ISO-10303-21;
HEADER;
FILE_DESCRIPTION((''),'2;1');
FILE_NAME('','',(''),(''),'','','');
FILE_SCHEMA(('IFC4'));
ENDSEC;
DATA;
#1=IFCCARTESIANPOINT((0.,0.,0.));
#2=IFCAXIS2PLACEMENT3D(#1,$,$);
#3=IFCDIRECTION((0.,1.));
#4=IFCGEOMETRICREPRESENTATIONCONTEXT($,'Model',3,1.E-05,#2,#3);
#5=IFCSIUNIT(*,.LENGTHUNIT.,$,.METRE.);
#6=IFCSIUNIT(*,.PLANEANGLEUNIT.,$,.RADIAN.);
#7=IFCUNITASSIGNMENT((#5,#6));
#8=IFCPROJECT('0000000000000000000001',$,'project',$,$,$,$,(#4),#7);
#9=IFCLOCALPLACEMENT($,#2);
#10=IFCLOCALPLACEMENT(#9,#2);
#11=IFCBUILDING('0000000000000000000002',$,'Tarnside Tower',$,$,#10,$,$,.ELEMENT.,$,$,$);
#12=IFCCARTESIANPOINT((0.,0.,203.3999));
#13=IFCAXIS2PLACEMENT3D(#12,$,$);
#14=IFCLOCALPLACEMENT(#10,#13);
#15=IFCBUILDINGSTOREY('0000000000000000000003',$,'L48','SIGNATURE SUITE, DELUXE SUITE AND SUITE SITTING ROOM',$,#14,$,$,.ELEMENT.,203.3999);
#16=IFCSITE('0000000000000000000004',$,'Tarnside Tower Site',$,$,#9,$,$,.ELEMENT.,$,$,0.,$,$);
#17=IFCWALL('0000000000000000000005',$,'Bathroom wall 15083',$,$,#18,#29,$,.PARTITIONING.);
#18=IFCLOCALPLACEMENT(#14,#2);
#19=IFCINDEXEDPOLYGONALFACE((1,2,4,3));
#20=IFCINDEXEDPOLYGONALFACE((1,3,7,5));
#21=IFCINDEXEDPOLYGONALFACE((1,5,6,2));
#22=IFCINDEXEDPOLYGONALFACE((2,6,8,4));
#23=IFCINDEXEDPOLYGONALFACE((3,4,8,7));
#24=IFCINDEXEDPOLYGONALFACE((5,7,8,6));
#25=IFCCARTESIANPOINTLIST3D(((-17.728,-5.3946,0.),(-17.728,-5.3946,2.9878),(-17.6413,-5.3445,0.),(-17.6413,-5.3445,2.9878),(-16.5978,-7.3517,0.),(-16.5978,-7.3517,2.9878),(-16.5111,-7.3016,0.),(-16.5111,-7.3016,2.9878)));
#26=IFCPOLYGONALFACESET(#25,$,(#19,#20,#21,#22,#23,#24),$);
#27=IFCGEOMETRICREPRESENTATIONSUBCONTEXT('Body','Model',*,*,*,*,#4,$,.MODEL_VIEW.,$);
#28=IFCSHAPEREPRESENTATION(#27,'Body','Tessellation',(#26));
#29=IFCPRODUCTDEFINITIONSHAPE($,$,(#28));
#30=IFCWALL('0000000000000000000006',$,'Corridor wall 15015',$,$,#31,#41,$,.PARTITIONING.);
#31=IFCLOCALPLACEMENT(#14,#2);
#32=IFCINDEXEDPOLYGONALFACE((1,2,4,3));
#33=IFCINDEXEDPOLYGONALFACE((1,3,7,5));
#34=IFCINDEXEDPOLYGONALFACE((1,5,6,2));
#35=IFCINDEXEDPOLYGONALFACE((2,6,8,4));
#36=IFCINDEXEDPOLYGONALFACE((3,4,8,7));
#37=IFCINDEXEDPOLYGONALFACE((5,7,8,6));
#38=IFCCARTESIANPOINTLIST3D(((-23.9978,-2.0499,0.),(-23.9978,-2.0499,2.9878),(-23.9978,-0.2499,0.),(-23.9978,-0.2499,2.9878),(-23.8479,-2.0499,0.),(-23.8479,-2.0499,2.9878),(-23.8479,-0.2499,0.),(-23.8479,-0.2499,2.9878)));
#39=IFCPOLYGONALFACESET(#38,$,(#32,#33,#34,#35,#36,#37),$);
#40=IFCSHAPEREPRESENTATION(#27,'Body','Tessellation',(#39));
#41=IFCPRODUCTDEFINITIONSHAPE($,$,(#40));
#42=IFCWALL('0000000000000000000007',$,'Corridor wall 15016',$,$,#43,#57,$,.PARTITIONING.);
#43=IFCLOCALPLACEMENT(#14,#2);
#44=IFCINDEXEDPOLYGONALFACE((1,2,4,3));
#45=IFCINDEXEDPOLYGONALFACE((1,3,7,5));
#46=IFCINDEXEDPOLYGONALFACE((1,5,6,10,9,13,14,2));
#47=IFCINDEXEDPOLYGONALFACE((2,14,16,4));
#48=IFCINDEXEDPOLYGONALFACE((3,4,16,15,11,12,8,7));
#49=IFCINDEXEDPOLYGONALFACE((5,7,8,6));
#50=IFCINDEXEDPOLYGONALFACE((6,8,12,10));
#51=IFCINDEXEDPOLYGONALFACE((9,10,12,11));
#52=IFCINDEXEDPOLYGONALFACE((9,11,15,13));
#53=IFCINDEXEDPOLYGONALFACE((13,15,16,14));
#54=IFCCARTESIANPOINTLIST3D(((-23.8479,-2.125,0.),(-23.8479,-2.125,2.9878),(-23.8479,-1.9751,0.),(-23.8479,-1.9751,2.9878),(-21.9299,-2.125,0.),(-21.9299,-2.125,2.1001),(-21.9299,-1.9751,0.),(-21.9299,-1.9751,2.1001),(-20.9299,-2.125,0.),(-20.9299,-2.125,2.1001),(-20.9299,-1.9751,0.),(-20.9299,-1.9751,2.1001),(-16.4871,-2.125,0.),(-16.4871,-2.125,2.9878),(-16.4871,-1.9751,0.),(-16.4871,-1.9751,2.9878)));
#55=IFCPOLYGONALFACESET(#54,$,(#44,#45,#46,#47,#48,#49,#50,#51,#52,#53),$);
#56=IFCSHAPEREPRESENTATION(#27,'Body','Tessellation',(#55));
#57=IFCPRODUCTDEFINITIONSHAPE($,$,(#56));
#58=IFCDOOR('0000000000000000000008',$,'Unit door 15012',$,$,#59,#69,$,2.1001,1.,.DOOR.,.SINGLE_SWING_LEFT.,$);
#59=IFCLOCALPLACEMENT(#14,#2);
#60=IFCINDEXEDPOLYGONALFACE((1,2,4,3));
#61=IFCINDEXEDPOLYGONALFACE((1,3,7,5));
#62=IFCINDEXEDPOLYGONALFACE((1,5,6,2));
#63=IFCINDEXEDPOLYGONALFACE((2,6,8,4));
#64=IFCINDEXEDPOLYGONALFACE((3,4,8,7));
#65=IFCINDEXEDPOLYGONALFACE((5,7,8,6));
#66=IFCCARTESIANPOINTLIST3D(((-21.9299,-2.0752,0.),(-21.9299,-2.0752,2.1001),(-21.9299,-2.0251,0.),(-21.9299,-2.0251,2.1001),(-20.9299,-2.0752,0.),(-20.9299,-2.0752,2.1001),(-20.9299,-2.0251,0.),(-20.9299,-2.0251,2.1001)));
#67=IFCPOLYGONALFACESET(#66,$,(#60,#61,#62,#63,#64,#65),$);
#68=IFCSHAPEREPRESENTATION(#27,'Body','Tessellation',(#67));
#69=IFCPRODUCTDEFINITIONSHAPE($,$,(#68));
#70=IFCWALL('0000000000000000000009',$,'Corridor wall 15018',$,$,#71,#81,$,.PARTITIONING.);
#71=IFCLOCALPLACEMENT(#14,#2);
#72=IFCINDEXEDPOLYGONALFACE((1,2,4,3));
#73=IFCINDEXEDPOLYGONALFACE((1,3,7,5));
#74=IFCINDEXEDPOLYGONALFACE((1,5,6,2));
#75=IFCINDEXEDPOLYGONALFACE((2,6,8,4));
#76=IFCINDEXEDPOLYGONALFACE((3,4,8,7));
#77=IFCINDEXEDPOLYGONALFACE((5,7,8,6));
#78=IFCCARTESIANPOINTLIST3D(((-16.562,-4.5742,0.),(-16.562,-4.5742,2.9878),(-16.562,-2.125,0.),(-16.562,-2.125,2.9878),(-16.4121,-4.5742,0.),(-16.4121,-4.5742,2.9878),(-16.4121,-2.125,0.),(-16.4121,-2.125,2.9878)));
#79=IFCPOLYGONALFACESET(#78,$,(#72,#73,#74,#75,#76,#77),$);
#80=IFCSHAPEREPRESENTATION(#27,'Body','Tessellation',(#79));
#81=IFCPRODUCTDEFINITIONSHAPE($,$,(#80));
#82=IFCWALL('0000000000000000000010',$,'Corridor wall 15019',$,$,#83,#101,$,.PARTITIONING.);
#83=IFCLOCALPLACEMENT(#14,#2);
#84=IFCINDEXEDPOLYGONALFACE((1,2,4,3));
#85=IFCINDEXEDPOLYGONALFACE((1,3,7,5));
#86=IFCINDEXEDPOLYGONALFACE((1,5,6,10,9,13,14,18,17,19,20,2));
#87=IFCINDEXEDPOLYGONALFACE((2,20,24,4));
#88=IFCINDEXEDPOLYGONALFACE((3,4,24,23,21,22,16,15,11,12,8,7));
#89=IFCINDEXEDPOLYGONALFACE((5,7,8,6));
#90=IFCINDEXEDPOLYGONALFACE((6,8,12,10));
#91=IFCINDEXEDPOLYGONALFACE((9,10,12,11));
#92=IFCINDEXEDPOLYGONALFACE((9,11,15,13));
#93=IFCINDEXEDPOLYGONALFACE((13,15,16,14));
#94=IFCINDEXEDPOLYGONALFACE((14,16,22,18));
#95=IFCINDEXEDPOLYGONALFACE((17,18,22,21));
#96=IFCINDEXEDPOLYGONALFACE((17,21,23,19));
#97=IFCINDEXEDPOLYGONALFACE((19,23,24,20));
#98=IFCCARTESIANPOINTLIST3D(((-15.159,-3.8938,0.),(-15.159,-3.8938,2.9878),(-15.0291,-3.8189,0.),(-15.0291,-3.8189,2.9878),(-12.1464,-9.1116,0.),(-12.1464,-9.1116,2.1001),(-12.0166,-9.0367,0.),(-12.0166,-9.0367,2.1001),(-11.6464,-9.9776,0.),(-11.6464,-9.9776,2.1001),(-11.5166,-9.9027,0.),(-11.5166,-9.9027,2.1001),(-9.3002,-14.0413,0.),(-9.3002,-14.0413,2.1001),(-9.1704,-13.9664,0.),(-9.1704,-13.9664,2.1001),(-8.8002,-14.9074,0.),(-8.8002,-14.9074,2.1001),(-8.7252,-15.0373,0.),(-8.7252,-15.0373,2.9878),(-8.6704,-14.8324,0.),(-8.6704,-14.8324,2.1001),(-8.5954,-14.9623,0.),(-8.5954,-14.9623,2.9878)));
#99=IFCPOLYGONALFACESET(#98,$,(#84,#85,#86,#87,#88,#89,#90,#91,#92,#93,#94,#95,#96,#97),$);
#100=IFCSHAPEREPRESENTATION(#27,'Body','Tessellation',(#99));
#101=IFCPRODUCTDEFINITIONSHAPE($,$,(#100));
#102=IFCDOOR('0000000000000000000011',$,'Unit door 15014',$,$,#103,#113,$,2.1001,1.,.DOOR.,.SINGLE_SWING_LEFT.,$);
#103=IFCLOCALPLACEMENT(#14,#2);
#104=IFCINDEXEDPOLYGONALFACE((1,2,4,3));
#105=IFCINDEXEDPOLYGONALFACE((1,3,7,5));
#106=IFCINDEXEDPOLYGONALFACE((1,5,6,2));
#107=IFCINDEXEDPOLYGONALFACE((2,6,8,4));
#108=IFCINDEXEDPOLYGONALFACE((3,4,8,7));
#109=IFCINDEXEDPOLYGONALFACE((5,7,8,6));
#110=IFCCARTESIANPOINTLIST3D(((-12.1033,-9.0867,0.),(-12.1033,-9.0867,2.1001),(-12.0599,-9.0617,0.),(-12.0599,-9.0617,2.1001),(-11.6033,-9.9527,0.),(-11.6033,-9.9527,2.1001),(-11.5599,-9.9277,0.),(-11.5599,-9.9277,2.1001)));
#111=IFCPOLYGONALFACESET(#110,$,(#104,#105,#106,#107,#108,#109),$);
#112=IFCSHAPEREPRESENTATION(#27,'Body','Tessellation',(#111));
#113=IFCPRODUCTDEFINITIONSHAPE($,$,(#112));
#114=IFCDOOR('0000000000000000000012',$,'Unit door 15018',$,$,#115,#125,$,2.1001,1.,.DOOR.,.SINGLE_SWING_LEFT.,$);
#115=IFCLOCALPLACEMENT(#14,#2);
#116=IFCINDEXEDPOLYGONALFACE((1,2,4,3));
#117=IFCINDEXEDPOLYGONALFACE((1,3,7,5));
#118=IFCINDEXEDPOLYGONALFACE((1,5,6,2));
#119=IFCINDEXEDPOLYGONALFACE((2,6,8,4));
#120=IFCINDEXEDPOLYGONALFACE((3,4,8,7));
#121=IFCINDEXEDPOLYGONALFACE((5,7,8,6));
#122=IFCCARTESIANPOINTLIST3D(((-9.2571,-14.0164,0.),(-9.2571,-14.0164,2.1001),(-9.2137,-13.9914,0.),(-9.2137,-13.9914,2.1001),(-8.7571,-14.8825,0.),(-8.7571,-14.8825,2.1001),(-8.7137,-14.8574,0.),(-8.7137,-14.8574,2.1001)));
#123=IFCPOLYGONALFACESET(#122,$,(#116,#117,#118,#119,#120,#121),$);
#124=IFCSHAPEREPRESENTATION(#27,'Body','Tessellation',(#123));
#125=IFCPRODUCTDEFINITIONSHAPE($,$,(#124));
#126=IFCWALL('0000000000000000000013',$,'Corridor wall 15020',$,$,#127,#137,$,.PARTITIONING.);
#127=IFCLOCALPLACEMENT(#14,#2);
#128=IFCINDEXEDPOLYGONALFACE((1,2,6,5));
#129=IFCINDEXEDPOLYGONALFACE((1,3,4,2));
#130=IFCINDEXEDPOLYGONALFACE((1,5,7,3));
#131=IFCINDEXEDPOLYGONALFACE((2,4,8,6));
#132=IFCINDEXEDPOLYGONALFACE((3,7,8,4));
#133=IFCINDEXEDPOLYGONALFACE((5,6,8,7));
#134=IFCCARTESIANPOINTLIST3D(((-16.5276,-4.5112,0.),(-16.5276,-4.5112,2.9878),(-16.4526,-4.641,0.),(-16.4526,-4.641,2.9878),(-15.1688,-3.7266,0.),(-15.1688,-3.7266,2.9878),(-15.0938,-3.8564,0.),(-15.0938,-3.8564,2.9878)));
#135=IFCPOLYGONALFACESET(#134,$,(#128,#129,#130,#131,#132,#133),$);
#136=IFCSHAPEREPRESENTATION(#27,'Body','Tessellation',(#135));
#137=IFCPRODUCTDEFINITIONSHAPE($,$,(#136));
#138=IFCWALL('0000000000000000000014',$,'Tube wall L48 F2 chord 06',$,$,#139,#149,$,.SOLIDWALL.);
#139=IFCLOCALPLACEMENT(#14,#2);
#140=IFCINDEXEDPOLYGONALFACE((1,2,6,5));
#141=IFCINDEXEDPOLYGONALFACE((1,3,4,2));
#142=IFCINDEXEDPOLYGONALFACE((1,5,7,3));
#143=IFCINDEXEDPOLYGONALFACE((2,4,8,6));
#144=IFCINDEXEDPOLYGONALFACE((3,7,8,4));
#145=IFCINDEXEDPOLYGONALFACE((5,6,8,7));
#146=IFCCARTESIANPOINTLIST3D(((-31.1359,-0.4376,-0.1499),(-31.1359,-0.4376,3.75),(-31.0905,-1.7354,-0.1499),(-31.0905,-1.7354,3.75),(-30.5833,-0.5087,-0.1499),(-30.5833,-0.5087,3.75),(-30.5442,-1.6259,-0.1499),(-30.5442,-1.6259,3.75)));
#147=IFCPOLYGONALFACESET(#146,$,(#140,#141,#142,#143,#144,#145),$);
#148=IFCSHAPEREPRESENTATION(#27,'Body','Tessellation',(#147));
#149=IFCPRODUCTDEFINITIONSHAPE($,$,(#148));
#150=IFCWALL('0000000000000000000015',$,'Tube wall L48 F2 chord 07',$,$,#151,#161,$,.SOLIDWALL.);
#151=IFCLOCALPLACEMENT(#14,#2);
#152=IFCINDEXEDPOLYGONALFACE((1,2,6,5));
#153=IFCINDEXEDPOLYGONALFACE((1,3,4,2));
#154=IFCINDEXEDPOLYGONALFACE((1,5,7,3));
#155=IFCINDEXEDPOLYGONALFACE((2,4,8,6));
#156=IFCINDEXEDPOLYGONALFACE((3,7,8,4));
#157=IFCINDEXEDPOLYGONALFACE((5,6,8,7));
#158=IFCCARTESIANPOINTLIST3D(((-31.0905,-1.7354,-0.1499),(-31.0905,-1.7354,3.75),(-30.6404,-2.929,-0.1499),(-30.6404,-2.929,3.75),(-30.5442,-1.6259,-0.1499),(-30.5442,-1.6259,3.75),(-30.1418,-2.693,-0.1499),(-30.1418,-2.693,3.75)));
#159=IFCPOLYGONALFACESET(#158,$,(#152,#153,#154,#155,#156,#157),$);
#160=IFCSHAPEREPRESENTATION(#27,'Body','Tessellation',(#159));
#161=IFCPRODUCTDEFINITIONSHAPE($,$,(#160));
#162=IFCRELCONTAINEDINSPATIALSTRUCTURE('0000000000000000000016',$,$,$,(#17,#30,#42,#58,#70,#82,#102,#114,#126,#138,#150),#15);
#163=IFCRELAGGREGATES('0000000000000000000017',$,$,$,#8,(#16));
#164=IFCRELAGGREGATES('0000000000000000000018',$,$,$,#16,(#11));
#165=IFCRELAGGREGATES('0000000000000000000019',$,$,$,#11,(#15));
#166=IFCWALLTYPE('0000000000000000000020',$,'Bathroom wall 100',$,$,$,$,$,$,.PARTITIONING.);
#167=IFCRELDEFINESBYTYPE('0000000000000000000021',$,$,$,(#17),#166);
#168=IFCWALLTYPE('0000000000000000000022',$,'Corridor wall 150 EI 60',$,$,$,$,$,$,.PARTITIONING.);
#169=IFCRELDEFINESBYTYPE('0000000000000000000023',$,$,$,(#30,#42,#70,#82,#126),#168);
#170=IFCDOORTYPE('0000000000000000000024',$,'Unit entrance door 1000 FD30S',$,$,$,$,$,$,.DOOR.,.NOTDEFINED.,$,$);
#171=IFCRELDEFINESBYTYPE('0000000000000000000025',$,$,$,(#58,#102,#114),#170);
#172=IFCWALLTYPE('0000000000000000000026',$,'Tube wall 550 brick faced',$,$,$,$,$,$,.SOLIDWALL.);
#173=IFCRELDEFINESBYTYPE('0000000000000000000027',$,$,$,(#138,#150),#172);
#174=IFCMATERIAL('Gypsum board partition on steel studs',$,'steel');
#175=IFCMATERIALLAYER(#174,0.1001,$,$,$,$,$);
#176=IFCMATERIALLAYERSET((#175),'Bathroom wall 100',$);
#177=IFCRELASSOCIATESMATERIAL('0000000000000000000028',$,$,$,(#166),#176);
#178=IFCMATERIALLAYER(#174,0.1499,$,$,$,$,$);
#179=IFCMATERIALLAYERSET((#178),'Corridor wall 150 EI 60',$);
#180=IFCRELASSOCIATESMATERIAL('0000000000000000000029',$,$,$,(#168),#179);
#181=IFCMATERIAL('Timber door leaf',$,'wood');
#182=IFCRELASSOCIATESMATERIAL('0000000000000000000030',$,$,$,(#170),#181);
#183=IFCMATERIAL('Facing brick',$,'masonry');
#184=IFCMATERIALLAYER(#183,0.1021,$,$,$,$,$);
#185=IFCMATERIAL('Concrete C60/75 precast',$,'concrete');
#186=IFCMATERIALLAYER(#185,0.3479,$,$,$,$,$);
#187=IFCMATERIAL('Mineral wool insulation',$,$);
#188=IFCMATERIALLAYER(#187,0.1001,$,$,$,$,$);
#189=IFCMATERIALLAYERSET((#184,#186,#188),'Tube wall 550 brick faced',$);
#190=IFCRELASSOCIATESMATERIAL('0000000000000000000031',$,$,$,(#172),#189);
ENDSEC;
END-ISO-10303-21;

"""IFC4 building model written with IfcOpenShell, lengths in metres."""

from ifc_helpers import new_model, si_unit, direction, frame, frame_2d, origin, place, context, subcontext, project, spatial, polyline, rectangle, outline, extrude, material, layer, layer_set, type_object, element, fill, save


model = new_model("IFC4")

# Units and contexts
model_context = context("Model", 3, precision=1e-05, world=origin(), true_north=direction((0.0, 1.0)))
body_context = subcontext(model_context, "Body", "Model", "MODEL_VIEW")
ifc_project = project(units=[si_unit("LENGTHUNIT", "METRE"), si_unit("PLANEANGLEUNIT", "RADIAN")], contexts=[model_context])

# Site, building, storey
site_placement = place(None, origin())
site = spatial("IfcSite", under=ifc_project, at=site_placement, Name="Tarnside Tower Site", CompositionType="ELEMENT", RefElevation=0.0)
building_placement = place(site_placement, origin())
building = spatial("IfcBuilding", under=site, at=building_placement, Name="Tarnside Tower", CompositionType="ELEMENT")
storey_placement = place(building_placement, frame((0.0, 0.0, 203.3999)))
storey = spatial("IfcBuildingStorey", under=building, at=storey_placement, Name="L48", Description="SIGNATURE SUITE, DELUXE SUITE AND SUITE SITTING ROOM", CompositionType="ELEMENT", Elevation=203.3999)

# Shared definitions
ifc_material_1 = material(Name="Gypsum board partition on steel studs", Category="steel")
ifc_layer_1 = layer(ifc_material_1, 0.1001)
ifc_layer_set_1 = layer_set([ifc_layer_1], Name="Bathroom wall 100")
wall_type_1 = type_object("IfcWallType", Name="Bathroom wall 100", PredefinedType="PARTITIONING", material=ifc_layer_set_1)

# Shared definitions
ifc_material_2 = material(Name="Timber door leaf", Category="wood")

# Walls
wall_1_placement = place(storey_placement, frame((-17.6846, -5.3696, 0.0), z_axis=(0.0, 0.0, 1.0), x_axis=(0.500078, -0.86598, 0.0)))
element("IfcWall", 1, at=wall_1_placement, inside=storey, type_object=wall_type_1, Name="Bathroom wall 15083", PredefinedType="PARTITIONING", context=body_context, shape_type="SweptSolid", body=[
    extrude(rectangle(XDim=2.26, YDim=0.1001, at=frame_2d((1.1299, 0.0))), origin(), (0.0, 0.0, 1.0), 2.9878),
])
ifc_layer_2 = layer(ifc_material_1, 0.1499)
ifc_layer_set_2 = layer_set([ifc_layer_2], Name="Corridor wall 150 EI 60")
wall_type_2 = type_object("IfcWallType", Name="Corridor wall 150 EI 60", PredefinedType="PARTITIONING", material=ifc_layer_set_2)
wall_2_placement = place(storey_placement, frame((-23.9229, -0.25, 0.0), z_axis=(0.0, 0.0, 1.0), x_axis=(0.0, -1.0, 0.0)))
element("IfcWall", 2, at=wall_2_placement, inside=storey, type_object=wall_type_2, Name="Corridor wall 15015", PredefinedType="PARTITIONING", context=body_context, shape_type="SweptSolid", body=[
    extrude(rectangle(XDim=1.8, YDim=0.1499, at=frame_2d((0.8999, 0.0))), origin(), (0.0, 0.0, 1.0), 2.9878),
])

# Wall, opening, door
wall_3_placement = place(storey_placement, frame((-23.8479, -2.05, 0.0), z_axis=(0.0, 0.0, 1.0), x_axis=(1.0, 0.0, 0.0)))
wall_3 = element("IfcWall", 3, at=wall_3_placement, inside=storey, type_object=wall_type_2, Name="Corridor wall 15016", PredefinedType="PARTITIONING", context=body_context, shape_type="SweptSolid", body=[
    extrude(rectangle(XDim=7.3608, YDim=0.1499, at=frame_2d((3.6804, 0.0))), origin(), (0.0, 0.0, 1.0), 2.9878),
])
opening_1_placement = place(wall_3_placement, frame((1.918, 0.0, 0.0)))
opening_1 = element("IfcOpeningElement", 4, at=opening_1_placement, cuts=wall_3, PredefinedType="OPENING", context=body_context, shape_type="SweptSolid", body=[
    extrude(rectangle(XDim=1.0, YDim=2.1001, at=frame_2d((0.5, 1.05))), frame((0.0, 0.085, 0.0), z_axis=(0.0, -1.0, 0.0), x_axis=(1.0, 0.0, 0.0)), (0.0, 0.0, 1.0), 0.1699),
])
door_type_1 = type_object("IfcDoorType", Name="Unit entrance door 1000 FD30S", OperationType="NOTDEFINED", PredefinedType="DOOR", material=ifc_material_2)
door_1_placement = place(opening_1_placement, origin())
door_1 = element("IfcDoor", 5, at=door_1_placement, inside=storey, type_object=door_type_1, Name="Unit door 15012", OperationType="SINGLE_SWING_LEFT", OverallHeight=2.1001, OverallWidth=1.0, PredefinedType="DOOR", context=body_context, shape_type="SweptSolid", body=[
    extrude(rectangle(XDim=1.0, YDim=2.1001, at=frame_2d((0.5, 1.05))), frame((0.0, 0.0249, 0.0), z_axis=(0.0, -1.0, 0.0), x_axis=(1.0, 0.0, 0.0)), (0.0, 0.0, 1.0), 0.05),
])
fill(opening_1, door_1)

# Wall
wall_4_placement = place(storey_placement, frame((-16.4871, -2.125, 0.0), z_axis=(0.0, 0.0, 1.0), x_axis=(0.0, -1.0, 0.0)))
element("IfcWall", 6, at=wall_4_placement, inside=storey, type_object=wall_type_2, Name="Corridor wall 15018", PredefinedType="PARTITIONING", context=body_context, shape_type="SweptSolid", body=[
    extrude(rectangle(XDim=2.4492, YDim=0.1499, at=frame_2d((1.2246, 0.0))), origin(), (0.0, 0.0, 1.0), 2.9878),
])

# Wall, openings, doors
wall_5_placement = place(storey_placement, frame((-15.094, -3.8564, 0.0), z_axis=(0.0, 0.0, 1.0), x_axis=(0.500006, -0.866022, 0.0)))
wall_5 = element("IfcWall", 7, at=wall_5_placement, inside=storey, type_object=wall_type_2, Name="Corridor wall 15019", PredefinedType="PARTITIONING", context=body_context, shape_type="SweptSolid", body=[
    extrude(rectangle(XDim=12.8674, YDim=0.1499, at=frame_2d((6.4336, 0.0))), origin(), (0.0, 0.0, 1.0), 2.9878),
])
opening_2_placement = place(wall_5_placement, frame((6.0249, 0.0, 0.0)))
opening_2 = element("IfcOpeningElement", 8, at=opening_2_placement, cuts=wall_5, PredefinedType="OPENING", context=body_context, shape_type="SweptSolid", body=[
    extrude(rectangle(XDim=1.0, YDim=2.1001, at=frame_2d((0.5, 1.05))), frame((0.0, 0.085, 0.0), z_axis=(0.0, -1.0, 0.0), x_axis=(1.0, 0.0, 0.0)), (0.0, 0.0, 1.0), 0.1699),
])
opening_3_placement = place(wall_5_placement, frame((11.7173, 0.0, 0.0)))
opening_3 = element("IfcOpeningElement", 9, at=opening_3_placement, cuts=wall_5, PredefinedType="OPENING", context=body_context, shape_type="SweptSolid", body=[
    extrude(rectangle(XDim=1.0, YDim=2.1001, at=frame_2d((0.5, 1.05))), frame((0.0, 0.085, 0.0), z_axis=(0.0, -1.0, 0.0), x_axis=(1.0, 0.0, 0.0)), (0.0, 0.0, 1.0), 0.1699),
])
door_2_placement = place(opening_2_placement, origin())
door_2 = element("IfcDoor", 10, at=door_2_placement, inside=storey, type_object=door_type_1, Name="Unit door 15014", OperationType="SINGLE_SWING_LEFT", OverallHeight=2.1001, OverallWidth=1.0, PredefinedType="DOOR", context=body_context, shape_type="SweptSolid", body=[
    extrude(rectangle(XDim=1.0, YDim=2.1001, at=frame_2d((0.5, 1.05))), frame((0.0, 0.0249, 0.0), z_axis=(0.0, -1.0, 0.0), x_axis=(1.0, 0.0, 0.0)), (0.0, 0.0, 1.0), 0.05),
])
fill(opening_2, door_2)
door_3_placement = place(opening_3_placement, origin())
door_3 = element("IfcDoor", 11, at=door_3_placement, inside=storey, type_object=door_type_1, Name="Unit door 15018", OperationType="SINGLE_SWING_LEFT", OverallHeight=2.1001, OverallWidth=1.0, PredefinedType="DOOR", context=body_context, shape_type="SweptSolid", body=[
    extrude(rectangle(XDim=1.0, YDim=2.1001, at=frame_2d((0.5, 1.05))), frame((0.0, 0.0249, 0.0), z_axis=(0.0, -1.0, 0.0), x_axis=(1.0, 0.0, 0.0)), (0.0, 0.0, 1.0), 0.05),
])
fill(opening_3, door_3)

# Walls
wall_6_placement = place(storey_placement, frame((-16.4902, -4.5762, 0.0), z_axis=(0.0, 0.0, 1.0), x_axis=(0.865994, 0.500055, 0.0)))
element("IfcWall", 12, at=wall_6_placement, inside=storey, type_object=wall_type_2, Name="Corridor wall 15020", PredefinedType="PARTITIONING", context=body_context, shape_type="SweptSolid", body=[
    extrude(rectangle(XDim=1.5691, YDim=0.1499, at=frame_2d((0.7847, 0.0))), origin(), (0.0, 0.0, 1.0), 2.9878),
])
ifc_material_3 = material(Name="Facing brick", Category="masonry")
ifc_layer_3 = layer(ifc_material_3, 0.1021)
ifc_material_4 = material(Name="Concrete C60/75 precast", Category="concrete")
ifc_layer_4 = layer(ifc_material_4, 0.3479)
ifc_material_5 = material(Name="Mineral wool insulation")
ifc_layer_5 = layer(ifc_material_5, 0.1001)
ifc_layer_set_3 = layer_set([ifc_layer_3, ifc_layer_4, ifc_layer_5], Name="Tube wall 550 brick faced")
wall_type_3 = type_object("IfcWallType", Name="Tube wall 550 brick faced", PredefinedType="SOLIDWALL", material=ifc_layer_set_3)
wall_7_placement = place(storey_placement, frame((-30.8596, -0.4731, -0.1499), z_axis=(0.0, 0.0, 1.0), x_axis=(0.034956, -0.999389, 0.0)))
element("IfcWall", 13, at=wall_7_placement, inside=storey, type_object=wall_type_3, Name="Tube wall L48 F2 chord 06", PredefinedType="SOLIDWALL", context=body_context, shape_type="SweptSolid", body=[
    extrude(outline(polyline([(-0.0452, -0.2749), (1.2534, -0.2749), (1.1631, 0.2749), (0.0452, 0.2749), (-0.0452, -0.2749)])), origin(), (0.0, 0.0, 1.0), 3.8999),
])
wall_8_placement = place(storey_placement, frame((-30.8174, -1.6807, -0.1499), z_axis=(0.0, 0.0, 1.0), x_axis=(0.35285, -0.93568, 0.0)))
element("IfcWall", 14, at=wall_8_placement, inside=storey, type_object=wall_type_3, Name="Tube wall L48 F2 chord 07", PredefinedType="SOLIDWALL", context=body_context, shape_type="SweptSolid", body=[
    extrude(outline(polyline([(-0.0452, -0.2749), (1.2305, -0.2749), (1.1855, 0.2749), (0.0452, 0.2749), (-0.0452, -0.2749)])), origin(), (0.0, 0.0, 1.0), 3.8999),
])

save(model, "model.ifc")
